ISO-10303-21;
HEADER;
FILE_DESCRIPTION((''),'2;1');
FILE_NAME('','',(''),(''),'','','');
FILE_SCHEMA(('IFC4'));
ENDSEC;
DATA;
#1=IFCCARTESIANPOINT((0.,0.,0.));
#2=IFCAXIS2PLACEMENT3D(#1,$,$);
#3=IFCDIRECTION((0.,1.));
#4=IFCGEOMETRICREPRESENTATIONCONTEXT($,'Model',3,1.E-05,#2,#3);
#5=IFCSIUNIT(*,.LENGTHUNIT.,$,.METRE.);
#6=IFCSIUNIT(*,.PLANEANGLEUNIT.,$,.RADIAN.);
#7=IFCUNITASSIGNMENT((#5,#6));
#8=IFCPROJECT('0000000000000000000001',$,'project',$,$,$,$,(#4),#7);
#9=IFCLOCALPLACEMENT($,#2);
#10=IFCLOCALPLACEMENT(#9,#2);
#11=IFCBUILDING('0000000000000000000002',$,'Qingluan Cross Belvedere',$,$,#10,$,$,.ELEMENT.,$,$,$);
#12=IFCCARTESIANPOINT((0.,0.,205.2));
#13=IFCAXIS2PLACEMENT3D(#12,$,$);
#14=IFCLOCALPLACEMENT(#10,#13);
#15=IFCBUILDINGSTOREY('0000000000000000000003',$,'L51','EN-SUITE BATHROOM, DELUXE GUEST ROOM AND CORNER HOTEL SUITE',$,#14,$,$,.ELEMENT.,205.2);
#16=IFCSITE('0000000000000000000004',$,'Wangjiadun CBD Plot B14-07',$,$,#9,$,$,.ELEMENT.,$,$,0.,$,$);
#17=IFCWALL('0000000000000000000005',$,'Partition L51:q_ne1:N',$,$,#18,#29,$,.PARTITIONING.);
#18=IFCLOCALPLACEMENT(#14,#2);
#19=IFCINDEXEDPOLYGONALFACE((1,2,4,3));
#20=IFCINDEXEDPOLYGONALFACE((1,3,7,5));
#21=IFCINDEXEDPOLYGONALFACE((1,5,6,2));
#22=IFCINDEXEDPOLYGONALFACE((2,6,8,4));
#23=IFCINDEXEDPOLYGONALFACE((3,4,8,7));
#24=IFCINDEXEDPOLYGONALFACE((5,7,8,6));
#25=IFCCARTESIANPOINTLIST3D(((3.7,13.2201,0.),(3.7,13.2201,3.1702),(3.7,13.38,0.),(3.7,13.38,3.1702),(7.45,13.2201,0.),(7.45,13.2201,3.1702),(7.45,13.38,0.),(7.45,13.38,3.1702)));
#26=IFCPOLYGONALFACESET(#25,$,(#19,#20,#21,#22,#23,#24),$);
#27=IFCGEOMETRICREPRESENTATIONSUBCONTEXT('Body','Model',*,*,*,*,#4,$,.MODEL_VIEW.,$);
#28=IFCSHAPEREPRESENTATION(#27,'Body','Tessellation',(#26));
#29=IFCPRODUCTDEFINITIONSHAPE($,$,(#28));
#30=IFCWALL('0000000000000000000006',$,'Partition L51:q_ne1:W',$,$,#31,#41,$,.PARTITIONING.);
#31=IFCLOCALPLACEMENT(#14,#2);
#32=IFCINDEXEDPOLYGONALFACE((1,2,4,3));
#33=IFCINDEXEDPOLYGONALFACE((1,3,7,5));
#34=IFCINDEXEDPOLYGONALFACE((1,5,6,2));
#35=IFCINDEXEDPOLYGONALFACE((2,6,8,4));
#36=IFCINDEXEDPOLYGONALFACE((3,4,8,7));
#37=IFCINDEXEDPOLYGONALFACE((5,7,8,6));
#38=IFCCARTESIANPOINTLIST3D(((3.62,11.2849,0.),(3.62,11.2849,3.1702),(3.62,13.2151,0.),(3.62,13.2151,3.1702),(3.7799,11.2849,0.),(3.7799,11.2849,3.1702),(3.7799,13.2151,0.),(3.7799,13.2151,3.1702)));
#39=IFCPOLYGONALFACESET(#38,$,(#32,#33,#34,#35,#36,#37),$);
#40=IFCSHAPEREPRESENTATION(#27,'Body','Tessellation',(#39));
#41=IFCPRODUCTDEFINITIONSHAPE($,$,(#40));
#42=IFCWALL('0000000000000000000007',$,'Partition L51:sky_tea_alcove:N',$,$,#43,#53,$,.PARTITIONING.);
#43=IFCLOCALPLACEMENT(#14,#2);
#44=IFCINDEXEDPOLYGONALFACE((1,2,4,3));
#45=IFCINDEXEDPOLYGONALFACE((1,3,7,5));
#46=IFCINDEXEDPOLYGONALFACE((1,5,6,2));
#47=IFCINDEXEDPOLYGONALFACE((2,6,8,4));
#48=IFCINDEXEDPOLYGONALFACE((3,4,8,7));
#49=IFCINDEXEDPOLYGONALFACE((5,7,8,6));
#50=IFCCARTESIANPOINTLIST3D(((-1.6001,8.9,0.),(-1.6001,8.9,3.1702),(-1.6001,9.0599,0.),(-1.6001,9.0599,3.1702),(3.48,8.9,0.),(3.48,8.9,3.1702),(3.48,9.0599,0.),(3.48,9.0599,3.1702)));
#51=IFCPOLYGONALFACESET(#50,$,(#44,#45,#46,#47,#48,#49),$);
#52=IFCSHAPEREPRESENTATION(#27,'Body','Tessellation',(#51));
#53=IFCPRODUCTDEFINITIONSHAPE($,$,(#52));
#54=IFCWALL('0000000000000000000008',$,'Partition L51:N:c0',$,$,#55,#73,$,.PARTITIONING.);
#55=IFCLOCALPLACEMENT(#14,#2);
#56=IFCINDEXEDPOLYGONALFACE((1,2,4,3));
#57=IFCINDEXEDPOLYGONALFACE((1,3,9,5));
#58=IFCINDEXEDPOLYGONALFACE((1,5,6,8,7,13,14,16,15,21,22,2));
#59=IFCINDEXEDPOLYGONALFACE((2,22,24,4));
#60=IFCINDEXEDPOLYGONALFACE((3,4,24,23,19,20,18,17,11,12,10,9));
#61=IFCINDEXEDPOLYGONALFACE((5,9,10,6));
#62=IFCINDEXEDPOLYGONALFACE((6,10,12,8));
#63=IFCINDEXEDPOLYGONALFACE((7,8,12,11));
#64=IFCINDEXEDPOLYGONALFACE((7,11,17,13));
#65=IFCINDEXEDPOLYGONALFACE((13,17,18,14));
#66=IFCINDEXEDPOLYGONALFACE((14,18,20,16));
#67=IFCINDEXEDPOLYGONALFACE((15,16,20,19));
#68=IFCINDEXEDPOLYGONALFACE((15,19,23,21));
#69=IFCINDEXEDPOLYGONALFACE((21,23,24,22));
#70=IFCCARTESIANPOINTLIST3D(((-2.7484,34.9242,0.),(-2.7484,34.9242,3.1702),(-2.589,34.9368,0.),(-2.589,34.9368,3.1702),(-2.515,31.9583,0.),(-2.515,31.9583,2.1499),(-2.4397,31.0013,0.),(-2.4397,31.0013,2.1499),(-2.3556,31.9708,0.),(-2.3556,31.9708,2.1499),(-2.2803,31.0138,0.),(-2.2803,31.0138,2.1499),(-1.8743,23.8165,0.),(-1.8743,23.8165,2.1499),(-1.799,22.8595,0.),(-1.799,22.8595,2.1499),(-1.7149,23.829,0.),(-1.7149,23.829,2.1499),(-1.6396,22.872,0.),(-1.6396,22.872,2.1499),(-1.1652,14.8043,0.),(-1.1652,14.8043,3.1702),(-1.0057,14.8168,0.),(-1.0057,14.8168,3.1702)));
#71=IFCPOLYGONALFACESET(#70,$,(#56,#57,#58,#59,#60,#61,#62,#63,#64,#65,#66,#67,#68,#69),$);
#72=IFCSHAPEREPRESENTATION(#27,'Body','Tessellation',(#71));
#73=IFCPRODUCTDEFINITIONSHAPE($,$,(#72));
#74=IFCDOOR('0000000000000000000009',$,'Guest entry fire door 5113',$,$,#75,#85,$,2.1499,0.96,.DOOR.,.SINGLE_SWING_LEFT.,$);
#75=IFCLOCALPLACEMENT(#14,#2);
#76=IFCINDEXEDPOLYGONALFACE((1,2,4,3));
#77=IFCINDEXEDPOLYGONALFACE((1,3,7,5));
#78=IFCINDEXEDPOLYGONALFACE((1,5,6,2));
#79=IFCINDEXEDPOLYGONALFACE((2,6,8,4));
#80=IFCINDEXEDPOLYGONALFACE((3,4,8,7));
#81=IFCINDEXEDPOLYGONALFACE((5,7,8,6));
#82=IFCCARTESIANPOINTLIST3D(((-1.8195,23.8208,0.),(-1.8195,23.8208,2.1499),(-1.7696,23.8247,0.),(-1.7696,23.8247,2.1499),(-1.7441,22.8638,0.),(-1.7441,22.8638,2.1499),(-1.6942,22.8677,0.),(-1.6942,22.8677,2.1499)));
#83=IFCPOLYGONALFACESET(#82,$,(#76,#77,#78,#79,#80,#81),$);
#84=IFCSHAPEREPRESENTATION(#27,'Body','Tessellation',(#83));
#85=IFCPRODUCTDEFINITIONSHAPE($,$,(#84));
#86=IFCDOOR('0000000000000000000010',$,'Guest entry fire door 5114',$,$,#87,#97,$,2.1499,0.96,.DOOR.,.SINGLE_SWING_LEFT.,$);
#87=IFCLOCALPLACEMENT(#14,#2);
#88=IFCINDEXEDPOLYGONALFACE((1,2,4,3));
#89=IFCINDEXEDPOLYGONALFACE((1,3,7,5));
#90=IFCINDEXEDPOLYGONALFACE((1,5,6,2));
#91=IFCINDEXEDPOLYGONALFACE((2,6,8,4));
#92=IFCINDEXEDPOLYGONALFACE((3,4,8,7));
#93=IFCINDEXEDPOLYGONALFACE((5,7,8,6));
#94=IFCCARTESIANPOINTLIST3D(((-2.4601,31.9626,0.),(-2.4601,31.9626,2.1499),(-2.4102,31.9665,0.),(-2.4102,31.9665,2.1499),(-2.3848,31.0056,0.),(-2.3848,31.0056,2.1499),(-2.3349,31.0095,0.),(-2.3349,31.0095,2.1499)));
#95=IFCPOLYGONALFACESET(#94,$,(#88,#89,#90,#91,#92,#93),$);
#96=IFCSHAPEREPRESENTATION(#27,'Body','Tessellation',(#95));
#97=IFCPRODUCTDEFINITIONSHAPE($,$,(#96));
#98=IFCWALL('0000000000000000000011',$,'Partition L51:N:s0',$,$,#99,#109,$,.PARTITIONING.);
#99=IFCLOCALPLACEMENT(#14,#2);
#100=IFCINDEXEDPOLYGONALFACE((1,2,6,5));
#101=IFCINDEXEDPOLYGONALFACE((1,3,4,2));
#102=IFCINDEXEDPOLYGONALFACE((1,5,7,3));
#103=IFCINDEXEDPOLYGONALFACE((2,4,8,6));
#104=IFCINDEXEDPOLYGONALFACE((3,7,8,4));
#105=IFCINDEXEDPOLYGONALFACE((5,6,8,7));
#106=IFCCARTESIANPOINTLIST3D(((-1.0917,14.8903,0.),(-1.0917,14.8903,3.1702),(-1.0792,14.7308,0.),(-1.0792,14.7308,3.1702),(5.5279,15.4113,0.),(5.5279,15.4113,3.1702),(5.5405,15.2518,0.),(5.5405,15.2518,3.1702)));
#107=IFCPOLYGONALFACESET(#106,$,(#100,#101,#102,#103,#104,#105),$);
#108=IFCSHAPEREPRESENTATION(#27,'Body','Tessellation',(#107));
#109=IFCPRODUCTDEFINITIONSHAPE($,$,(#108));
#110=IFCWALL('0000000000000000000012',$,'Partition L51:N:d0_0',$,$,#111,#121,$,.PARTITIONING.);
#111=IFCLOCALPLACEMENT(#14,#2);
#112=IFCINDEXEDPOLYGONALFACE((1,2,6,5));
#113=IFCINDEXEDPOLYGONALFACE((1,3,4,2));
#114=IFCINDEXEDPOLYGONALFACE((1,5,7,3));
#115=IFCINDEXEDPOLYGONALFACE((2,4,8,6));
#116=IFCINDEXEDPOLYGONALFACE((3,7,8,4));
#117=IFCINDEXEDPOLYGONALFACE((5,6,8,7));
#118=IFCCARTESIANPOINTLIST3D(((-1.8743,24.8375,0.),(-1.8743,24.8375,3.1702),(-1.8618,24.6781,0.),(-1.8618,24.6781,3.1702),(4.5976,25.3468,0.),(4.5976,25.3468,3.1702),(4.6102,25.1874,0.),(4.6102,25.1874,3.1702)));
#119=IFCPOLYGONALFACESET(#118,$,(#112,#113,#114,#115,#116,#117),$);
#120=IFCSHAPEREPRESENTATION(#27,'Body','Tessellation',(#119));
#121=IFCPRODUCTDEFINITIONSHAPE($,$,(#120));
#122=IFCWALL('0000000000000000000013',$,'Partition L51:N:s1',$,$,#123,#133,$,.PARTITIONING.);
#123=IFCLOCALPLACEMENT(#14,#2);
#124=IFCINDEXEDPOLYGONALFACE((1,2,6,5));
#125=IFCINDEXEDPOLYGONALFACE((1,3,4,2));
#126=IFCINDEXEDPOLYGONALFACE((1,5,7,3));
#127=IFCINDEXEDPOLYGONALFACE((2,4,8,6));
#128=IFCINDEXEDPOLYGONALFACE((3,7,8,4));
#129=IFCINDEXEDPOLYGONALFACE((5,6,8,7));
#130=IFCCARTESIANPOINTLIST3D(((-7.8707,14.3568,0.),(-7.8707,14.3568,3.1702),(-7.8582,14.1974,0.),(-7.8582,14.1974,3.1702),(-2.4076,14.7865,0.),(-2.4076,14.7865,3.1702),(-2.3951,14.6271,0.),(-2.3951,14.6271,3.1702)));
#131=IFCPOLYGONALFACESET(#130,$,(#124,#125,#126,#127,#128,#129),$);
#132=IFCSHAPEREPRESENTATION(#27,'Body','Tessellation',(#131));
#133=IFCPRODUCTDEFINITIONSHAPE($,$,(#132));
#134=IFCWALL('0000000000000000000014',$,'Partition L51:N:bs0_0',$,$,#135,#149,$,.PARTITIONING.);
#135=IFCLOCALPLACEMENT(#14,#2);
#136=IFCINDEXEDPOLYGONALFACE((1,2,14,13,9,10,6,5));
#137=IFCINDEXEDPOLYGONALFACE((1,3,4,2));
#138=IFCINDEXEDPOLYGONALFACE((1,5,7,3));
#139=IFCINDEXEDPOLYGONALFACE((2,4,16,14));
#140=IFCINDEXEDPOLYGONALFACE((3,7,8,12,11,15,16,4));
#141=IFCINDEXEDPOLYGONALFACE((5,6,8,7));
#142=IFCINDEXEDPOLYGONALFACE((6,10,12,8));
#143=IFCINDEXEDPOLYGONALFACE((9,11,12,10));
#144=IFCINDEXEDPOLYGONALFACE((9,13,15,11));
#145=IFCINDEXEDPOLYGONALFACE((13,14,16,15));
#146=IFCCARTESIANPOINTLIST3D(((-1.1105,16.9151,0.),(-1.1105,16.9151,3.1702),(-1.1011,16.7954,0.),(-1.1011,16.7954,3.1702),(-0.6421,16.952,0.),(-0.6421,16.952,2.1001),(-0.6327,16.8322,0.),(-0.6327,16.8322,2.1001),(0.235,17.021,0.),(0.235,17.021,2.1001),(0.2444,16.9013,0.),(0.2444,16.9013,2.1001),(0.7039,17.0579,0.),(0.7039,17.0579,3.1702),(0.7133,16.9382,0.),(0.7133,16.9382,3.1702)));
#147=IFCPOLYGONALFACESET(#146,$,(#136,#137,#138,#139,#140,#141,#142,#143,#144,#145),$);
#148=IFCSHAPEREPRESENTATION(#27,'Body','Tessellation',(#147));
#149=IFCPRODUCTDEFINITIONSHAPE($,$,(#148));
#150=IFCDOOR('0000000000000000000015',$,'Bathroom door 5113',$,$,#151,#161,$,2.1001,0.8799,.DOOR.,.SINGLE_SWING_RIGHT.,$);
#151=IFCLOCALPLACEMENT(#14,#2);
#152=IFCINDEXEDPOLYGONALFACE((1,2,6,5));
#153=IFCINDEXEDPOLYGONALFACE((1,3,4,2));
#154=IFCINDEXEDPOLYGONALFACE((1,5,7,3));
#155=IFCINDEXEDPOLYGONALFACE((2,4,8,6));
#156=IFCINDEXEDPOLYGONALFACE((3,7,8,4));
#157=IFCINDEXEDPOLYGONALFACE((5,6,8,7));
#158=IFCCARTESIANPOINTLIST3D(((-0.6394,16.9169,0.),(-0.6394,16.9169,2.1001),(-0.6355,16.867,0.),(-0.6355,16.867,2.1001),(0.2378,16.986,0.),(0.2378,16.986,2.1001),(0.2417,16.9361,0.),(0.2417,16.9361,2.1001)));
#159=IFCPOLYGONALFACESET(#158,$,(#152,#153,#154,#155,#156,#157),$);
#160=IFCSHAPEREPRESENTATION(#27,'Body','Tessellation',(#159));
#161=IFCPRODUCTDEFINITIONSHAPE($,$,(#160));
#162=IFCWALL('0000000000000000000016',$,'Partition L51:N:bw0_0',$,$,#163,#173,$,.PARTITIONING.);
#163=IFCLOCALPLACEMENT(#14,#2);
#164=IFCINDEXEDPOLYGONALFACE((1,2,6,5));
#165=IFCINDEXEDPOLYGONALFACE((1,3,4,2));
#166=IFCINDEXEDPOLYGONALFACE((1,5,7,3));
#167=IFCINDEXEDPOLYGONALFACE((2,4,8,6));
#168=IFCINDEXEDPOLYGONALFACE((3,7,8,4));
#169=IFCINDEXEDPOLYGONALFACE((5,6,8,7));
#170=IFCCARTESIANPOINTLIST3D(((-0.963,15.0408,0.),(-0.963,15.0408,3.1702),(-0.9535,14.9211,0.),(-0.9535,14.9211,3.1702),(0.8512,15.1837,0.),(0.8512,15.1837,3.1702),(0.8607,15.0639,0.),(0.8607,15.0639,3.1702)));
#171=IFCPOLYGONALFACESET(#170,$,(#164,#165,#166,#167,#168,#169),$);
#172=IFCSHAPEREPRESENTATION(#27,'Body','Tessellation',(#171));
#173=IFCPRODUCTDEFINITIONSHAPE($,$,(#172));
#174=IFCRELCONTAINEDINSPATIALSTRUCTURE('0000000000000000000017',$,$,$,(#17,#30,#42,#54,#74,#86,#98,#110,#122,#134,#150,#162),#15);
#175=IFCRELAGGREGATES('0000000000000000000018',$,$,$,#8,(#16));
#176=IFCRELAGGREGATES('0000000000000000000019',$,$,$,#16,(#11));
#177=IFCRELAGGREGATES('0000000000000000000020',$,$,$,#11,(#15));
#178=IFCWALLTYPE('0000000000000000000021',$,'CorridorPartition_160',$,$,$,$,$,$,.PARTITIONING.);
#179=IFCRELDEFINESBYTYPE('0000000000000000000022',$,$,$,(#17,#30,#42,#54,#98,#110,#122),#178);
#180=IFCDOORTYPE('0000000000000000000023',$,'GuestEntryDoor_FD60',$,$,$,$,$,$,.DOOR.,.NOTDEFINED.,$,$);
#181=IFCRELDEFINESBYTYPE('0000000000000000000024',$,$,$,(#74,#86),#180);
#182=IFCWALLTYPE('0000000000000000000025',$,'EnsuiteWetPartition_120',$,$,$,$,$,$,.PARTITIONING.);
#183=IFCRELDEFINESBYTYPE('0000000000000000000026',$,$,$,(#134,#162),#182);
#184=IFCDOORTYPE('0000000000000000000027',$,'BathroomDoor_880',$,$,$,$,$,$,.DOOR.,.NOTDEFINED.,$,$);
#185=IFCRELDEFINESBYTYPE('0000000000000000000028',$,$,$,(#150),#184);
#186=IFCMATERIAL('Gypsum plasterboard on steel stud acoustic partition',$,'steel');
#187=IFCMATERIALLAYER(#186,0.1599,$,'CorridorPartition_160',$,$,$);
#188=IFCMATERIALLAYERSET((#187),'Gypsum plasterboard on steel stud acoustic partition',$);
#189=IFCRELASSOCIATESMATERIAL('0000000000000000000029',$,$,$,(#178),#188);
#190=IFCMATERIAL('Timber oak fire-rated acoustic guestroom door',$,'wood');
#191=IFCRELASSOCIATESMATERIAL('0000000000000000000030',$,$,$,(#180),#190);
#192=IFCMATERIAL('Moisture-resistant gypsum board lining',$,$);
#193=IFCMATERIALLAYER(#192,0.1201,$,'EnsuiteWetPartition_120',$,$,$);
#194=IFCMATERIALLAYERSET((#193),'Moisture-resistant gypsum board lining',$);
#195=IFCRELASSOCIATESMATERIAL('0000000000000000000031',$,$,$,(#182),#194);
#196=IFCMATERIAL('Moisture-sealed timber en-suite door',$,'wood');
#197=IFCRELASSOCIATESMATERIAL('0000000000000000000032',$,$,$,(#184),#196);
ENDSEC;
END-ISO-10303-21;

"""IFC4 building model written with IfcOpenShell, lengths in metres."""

from ifc_helpers import new_model, si_unit, direction, frame, frame_2d, origin, place, context, subcontext, project, spatial, rectangle, extrude, material, layer, layer_set, type_object, element, fill, save


model = new_model("IFC4")

# Units and contexts
model_context = context("Model", 3, precision=1e-05, world=origin(), true_north=direction((0.0, 1.0)))
body_context = subcontext(model_context, "Body", "Model", "MODEL_VIEW")
ifc_project = project(units=[si_unit("LENGTHUNIT", "METRE"), si_unit("PLANEANGLEUNIT", "RADIAN")], contexts=[model_context])

# Site, building, storey
site_placement = place(None, origin())
site = spatial("IfcSite", under=ifc_project, at=site_placement, Name="Wangjiadun CBD Plot B14-07", CompositionType="ELEMENT", RefElevation=0.0)
building_placement = place(site_placement, origin())
building = spatial("IfcBuilding", under=site, at=building_placement, Name="Qingluan Cross Belvedere", CompositionType="ELEMENT")
storey_placement = place(building_placement, frame((0.0, 0.0, 205.2)))
storey = spatial("IfcBuildingStorey", under=building, at=storey_placement, Name="L51", Description="EN-SUITE BATHROOM, DELUXE GUEST ROOM AND CORNER HOTEL SUITE", CompositionType="ELEMENT", Elevation=205.2)

# Shared definitions
ifc_material_1 = material(Name="Gypsum plasterboard on steel stud acoustic partition", Category="steel")
ifc_layer_1 = layer(ifc_material_1, 0.1599, Name="CorridorPartition_160")
ifc_layer_set_1 = layer_set([ifc_layer_1], Name="Gypsum plasterboard on steel stud acoustic partition")
wall_type_1 = type_object("IfcWallType", Name="CorridorPartition_160", PredefinedType="PARTITIONING", material=ifc_layer_set_1)
ifc_material_2 = material(Name="Timber oak fire-rated acoustic guestroom door", Category="wood")
door_type_1 = type_object("IfcDoorType", Name="GuestEntryDoor_FD60", OperationType="NOTDEFINED", PredefinedType="DOOR", material=ifc_material_2)

# Walls
wall_1_placement = place(storey_placement, frame((3.7, 13.3, 0.0), z_axis=(0.0, 0.0, 1.0), x_axis=(1.0, 0.0, 0.0)))
element("IfcWall", 1, at=wall_1_placement, inside=storey, type_object=wall_type_1, Name="Partition L51:q_ne1:N", PredefinedType="PARTITIONING", context=body_context, shape_type="SweptSolid", body=[
    extrude(rectangle(XDim=3.75, YDim=0.1599, at=frame_2d((1.875, 0.0))), origin(), (0.0, 0.0, 1.0), 3.1702),
])
wall_2_placement = place(storey_placement, frame((3.7, 11.2849, 0.0), z_axis=(0.0, 0.0, 1.0), x_axis=(0.0, 1.0, 0.0)))
element("IfcWall", 2, at=wall_2_placement, inside=storey, type_object=wall_type_1, Name="Partition L51:q_ne1:W", PredefinedType="PARTITIONING", context=body_context, shape_type="SweptSolid", body=[
    extrude(rectangle(XDim=1.9302, YDim=0.1599, at=frame_2d((0.9651, 0.0))), origin(), (0.0, 0.0, 1.0), 3.1702),
])
wall_3_placement = place(storey_placement, frame((-1.6001, 8.98, 0.0), z_axis=(0.0, 0.0, 1.0), x_axis=(1.0, 0.0, 0.0)))
element("IfcWall", 3, at=wall_3_placement, inside=storey, type_object=wall_type_1, Name="Partition L51:sky_tea_alcove:N", PredefinedType="PARTITIONING", context=body_context, shape_type="SweptSolid", body=[
    extrude(rectangle(XDim=5.0801, YDim=0.1599, at=frame_2d((2.54, 0.0))), origin(), (0.0, 0.0, 1.0), 3.1702),
])

# Wall, openings, doors
wall_4_placement = place(storey_placement, frame((-1.0854, 14.8105, 0.0), z_axis=(0.0, 0.0, 1.0), x_axis=(-0.078448, 0.996918, 0.0)))
wall_4 = element("IfcWall", 4, at=wall_4_placement, inside=storey, type_object=wall_type_1, Name="Partition L51:N:c0", PredefinedType="PARTITIONING", context=body_context, shape_type="SweptSolid", body=[
    extrude(rectangle(XDim=20.1821, YDim=0.1599, at=frame_2d((10.0911, 0.0))), origin(), (0.0, 0.0, 1.0), 3.1702),
])
opening_1_placement = place(wall_4_placement, frame((8.0801, 0.0, 0.0)))
opening_1 = element("IfcOpeningElement", 5, at=opening_1_placement, cuts=wall_4, PredefinedType="OPENING", context=body_context, shape_type="SweptSolid", body=[
    extrude(rectangle(XDim=0.96, YDim=2.1499, at=frame_2d((0.48, 1.075))), frame((0.0, 0.0898, 0.0), z_axis=(0.0, -1.0, 0.0), x_axis=(1.0, 0.0, 0.0)), (0.0, 0.0, 1.0), 0.1799),
])
opening_2_placement = place(wall_4_placement, frame((16.2471, 0.0, 0.0)))
opening_2 = element("IfcOpeningElement", 6, at=opening_2_placement, cuts=wall_4, PredefinedType="OPENING", context=body_context, shape_type="SweptSolid", body=[
    extrude(rectangle(XDim=0.96, YDim=2.1499, at=frame_2d((0.48, 1.075))), frame((0.0, 0.0898, 0.0), z_axis=(0.0, -1.0, 0.0), x_axis=(1.0, 0.0, 0.0)), (0.0, 0.0, 1.0), 0.1799),
])
door_1_placement = place(opening_1_placement, origin())
door_1 = element("IfcDoor", 7, at=door_1_placement, inside=storey, type_object=door_type_1, Name="Guest entry fire door 5113", OperationType="SINGLE_SWING_LEFT", OverallHeight=2.1499, OverallWidth=0.96, PredefinedType="DOOR", context=body_context, shape_type="SweptSolid", body=[
    extrude(rectangle(XDim=0.96, YDim=2.1499, at=frame_2d((0.48, 1.075))), frame((0.0, 0.0249, 0.0), z_axis=(0.0, -1.0, 0.0), x_axis=(1.0, 0.0, 0.0)), (0.0, 0.0, 1.0), 0.05),
])
fill(opening_1, door_1)
door_2_placement = place(opening_2_placement, origin())
door_2 = element("IfcDoor", 8, at=door_2_placement, inside=storey, type_object=door_type_1, Name="Guest entry fire door 5114", OperationType="SINGLE_SWING_LEFT", OverallHeight=2.1499, OverallWidth=0.96, PredefinedType="DOOR", context=body_context, shape_type="SweptSolid", body=[
    extrude(rectangle(XDim=0.96, YDim=2.1499, at=frame_2d((0.48, 1.075))), frame((0.0, 0.0249, 0.0), z_axis=(0.0, -1.0, 0.0), x_axis=(1.0, 0.0, 0.0)), (0.0, 0.0, 1.0), 0.05),
])
fill(opening_2, door_2)

# Walls
wall_5_placement = place(storey_placement, frame((-1.0854, 14.8105, 0.0), z_axis=(0.0, 0.0, 1.0), x_axis=(0.996917, 0.078462, 0.0)))
element("IfcWall", 9, at=wall_5_placement, inside=storey, type_object=wall_type_1, Name="Partition L51:N:s0", PredefinedType="PARTITIONING", context=body_context, shape_type="SweptSolid", body=[
    extrude(rectangle(XDim=6.6401, YDim=0.1599, at=frame_2d((3.3201, 0.0))), origin(), (0.0, 0.0, 1.0), 3.1702),
])
wall_6_placement = place(storey_placement, frame((-1.8682, 24.7578, 0.0), z_axis=(0.0, 0.0, 1.0), x_axis=(0.996918, 0.078448, 0.0)))
element("IfcWall", 10, at=wall_6_placement, inside=storey, type_object=wall_type_1, Name="Partition L51:N:d0_0", PredefinedType="PARTITIONING", context=body_context, shape_type="SweptSolid", body=[
    extrude(rectangle(XDim=6.4919, YDim=0.1599, at=frame_2d((3.2461, 0.0))), origin(), (0.0, 0.0, 1.0), 3.1702),
])
wall_7_placement = place(storey_placement, frame((-2.4014, 14.7068, 0.0), z_axis=(0.0, 0.0, 1.0), x_axis=(-0.996921, -0.07841, 0.0)))
element("IfcWall", 11, at=wall_7_placement, inside=storey, type_object=wall_type_1, Name="Partition L51:N:s1", PredefinedType="PARTITIONING", context=body_context, shape_type="SweptSolid", body=[
    extrude(rectangle(XDim=5.48, YDim=0.1599, at=frame_2d((2.74, 0.0))), origin(), (0.0, 0.0, 1.0), 3.1702),
])

# Wall, opening, door
ifc_material_3 = material(Name="Moisture-resistant gypsum board lining")
ifc_layer_2 = layer(ifc_material_3, 0.1201, Name="EnsuiteWetPartition_120")
ifc_layer_set_2 = layer_set([ifc_layer_2], Name="Moisture-resistant gypsum board lining")
wall_type_2 = type_object("IfcWallType", Name="EnsuiteWetPartition_120", PredefinedType="PARTITIONING", material=ifc_layer_set_2)
wall_8_placement = place(storey_placement, frame((-1.106, 16.8552, 0.0), z_axis=(0.0, 0.0, 1.0), x_axis=(0.996916, 0.078471, 0.0)))
wall_8 = element("IfcWall", 12, at=wall_8_placement, inside=storey, type_object=wall_type_2, Name="Partition L51:N:bs0_0", PredefinedType="PARTITIONING", context=body_context, shape_type="SweptSolid", body=[
    extrude(rectangle(XDim=1.8201, YDim=0.1201, at=frame_2d((0.9102, 0.0))), origin(), (0.0, 0.0, 1.0), 3.1702),
])
opening_3_placement = place(wall_8_placement, frame((0.47, 0.0, 0.0)))
opening_3 = element("IfcOpeningElement", 13, at=opening_3_placement, cuts=wall_8, PredefinedType="OPENING", context=body_context, shape_type="SweptSolid", body=[
    extrude(rectangle(XDim=0.8799, YDim=2.1001, at=frame_2d((0.4399, 1.05))), frame((0.0, 0.0701, 0.0), z_axis=(0.0, -1.0, 0.0), x_axis=(1.0, 0.0, 0.0)), (0.0, 0.0, 1.0), 0.1401),
])
ifc_material_4 = material(Name="Moisture-sealed timber en-suite door", Category="wood")
door_type_2 = type_object("IfcDoorType", Name="BathroomDoor_880", OperationType="NOTDEFINED", PredefinedType="DOOR", material=ifc_material_4)
door_3_placement = place(opening_3_placement, origin())
door_3 = element("IfcDoor", 14, at=door_3_placement, inside=storey, type_object=door_type_2, Name="Bathroom door 5113", OperationType="SINGLE_SWING_RIGHT", OverallHeight=2.1001, OverallWidth=0.8799, PredefinedType="DOOR", context=body_context, shape_type="SweptSolid", body=[
    extrude(rectangle(XDim=0.8799, YDim=2.1001, at=frame_2d((0.4399, 1.05))), frame((0.0, 0.0249, 0.0), z_axis=(0.0, -1.0, 0.0), x_axis=(1.0, 0.0, 0.0)), (0.0, 0.0, 1.0), 0.05),
])
fill(opening_3, door_3)

# Wall
wall_9_placement = place(storey_placement, frame((-0.9583, 14.981, 0.0), z_axis=(0.0, 0.0, 1.0), x_axis=(0.996916, 0.078481, 0.0)))
element("IfcWall", 15, at=wall_9_placement, inside=storey, type_object=wall_type_2, Name="Partition L51:N:bw0_0", PredefinedType="PARTITIONING", context=body_context, shape_type="SweptSolid", body=[
    extrude(rectangle(XDim=1.8198, YDim=0.1201, at=frame_2d((0.9099, 0.0))), origin(), (0.0, 0.0, 1.0), 3.1702),
])

save(model, "model.ifc")
